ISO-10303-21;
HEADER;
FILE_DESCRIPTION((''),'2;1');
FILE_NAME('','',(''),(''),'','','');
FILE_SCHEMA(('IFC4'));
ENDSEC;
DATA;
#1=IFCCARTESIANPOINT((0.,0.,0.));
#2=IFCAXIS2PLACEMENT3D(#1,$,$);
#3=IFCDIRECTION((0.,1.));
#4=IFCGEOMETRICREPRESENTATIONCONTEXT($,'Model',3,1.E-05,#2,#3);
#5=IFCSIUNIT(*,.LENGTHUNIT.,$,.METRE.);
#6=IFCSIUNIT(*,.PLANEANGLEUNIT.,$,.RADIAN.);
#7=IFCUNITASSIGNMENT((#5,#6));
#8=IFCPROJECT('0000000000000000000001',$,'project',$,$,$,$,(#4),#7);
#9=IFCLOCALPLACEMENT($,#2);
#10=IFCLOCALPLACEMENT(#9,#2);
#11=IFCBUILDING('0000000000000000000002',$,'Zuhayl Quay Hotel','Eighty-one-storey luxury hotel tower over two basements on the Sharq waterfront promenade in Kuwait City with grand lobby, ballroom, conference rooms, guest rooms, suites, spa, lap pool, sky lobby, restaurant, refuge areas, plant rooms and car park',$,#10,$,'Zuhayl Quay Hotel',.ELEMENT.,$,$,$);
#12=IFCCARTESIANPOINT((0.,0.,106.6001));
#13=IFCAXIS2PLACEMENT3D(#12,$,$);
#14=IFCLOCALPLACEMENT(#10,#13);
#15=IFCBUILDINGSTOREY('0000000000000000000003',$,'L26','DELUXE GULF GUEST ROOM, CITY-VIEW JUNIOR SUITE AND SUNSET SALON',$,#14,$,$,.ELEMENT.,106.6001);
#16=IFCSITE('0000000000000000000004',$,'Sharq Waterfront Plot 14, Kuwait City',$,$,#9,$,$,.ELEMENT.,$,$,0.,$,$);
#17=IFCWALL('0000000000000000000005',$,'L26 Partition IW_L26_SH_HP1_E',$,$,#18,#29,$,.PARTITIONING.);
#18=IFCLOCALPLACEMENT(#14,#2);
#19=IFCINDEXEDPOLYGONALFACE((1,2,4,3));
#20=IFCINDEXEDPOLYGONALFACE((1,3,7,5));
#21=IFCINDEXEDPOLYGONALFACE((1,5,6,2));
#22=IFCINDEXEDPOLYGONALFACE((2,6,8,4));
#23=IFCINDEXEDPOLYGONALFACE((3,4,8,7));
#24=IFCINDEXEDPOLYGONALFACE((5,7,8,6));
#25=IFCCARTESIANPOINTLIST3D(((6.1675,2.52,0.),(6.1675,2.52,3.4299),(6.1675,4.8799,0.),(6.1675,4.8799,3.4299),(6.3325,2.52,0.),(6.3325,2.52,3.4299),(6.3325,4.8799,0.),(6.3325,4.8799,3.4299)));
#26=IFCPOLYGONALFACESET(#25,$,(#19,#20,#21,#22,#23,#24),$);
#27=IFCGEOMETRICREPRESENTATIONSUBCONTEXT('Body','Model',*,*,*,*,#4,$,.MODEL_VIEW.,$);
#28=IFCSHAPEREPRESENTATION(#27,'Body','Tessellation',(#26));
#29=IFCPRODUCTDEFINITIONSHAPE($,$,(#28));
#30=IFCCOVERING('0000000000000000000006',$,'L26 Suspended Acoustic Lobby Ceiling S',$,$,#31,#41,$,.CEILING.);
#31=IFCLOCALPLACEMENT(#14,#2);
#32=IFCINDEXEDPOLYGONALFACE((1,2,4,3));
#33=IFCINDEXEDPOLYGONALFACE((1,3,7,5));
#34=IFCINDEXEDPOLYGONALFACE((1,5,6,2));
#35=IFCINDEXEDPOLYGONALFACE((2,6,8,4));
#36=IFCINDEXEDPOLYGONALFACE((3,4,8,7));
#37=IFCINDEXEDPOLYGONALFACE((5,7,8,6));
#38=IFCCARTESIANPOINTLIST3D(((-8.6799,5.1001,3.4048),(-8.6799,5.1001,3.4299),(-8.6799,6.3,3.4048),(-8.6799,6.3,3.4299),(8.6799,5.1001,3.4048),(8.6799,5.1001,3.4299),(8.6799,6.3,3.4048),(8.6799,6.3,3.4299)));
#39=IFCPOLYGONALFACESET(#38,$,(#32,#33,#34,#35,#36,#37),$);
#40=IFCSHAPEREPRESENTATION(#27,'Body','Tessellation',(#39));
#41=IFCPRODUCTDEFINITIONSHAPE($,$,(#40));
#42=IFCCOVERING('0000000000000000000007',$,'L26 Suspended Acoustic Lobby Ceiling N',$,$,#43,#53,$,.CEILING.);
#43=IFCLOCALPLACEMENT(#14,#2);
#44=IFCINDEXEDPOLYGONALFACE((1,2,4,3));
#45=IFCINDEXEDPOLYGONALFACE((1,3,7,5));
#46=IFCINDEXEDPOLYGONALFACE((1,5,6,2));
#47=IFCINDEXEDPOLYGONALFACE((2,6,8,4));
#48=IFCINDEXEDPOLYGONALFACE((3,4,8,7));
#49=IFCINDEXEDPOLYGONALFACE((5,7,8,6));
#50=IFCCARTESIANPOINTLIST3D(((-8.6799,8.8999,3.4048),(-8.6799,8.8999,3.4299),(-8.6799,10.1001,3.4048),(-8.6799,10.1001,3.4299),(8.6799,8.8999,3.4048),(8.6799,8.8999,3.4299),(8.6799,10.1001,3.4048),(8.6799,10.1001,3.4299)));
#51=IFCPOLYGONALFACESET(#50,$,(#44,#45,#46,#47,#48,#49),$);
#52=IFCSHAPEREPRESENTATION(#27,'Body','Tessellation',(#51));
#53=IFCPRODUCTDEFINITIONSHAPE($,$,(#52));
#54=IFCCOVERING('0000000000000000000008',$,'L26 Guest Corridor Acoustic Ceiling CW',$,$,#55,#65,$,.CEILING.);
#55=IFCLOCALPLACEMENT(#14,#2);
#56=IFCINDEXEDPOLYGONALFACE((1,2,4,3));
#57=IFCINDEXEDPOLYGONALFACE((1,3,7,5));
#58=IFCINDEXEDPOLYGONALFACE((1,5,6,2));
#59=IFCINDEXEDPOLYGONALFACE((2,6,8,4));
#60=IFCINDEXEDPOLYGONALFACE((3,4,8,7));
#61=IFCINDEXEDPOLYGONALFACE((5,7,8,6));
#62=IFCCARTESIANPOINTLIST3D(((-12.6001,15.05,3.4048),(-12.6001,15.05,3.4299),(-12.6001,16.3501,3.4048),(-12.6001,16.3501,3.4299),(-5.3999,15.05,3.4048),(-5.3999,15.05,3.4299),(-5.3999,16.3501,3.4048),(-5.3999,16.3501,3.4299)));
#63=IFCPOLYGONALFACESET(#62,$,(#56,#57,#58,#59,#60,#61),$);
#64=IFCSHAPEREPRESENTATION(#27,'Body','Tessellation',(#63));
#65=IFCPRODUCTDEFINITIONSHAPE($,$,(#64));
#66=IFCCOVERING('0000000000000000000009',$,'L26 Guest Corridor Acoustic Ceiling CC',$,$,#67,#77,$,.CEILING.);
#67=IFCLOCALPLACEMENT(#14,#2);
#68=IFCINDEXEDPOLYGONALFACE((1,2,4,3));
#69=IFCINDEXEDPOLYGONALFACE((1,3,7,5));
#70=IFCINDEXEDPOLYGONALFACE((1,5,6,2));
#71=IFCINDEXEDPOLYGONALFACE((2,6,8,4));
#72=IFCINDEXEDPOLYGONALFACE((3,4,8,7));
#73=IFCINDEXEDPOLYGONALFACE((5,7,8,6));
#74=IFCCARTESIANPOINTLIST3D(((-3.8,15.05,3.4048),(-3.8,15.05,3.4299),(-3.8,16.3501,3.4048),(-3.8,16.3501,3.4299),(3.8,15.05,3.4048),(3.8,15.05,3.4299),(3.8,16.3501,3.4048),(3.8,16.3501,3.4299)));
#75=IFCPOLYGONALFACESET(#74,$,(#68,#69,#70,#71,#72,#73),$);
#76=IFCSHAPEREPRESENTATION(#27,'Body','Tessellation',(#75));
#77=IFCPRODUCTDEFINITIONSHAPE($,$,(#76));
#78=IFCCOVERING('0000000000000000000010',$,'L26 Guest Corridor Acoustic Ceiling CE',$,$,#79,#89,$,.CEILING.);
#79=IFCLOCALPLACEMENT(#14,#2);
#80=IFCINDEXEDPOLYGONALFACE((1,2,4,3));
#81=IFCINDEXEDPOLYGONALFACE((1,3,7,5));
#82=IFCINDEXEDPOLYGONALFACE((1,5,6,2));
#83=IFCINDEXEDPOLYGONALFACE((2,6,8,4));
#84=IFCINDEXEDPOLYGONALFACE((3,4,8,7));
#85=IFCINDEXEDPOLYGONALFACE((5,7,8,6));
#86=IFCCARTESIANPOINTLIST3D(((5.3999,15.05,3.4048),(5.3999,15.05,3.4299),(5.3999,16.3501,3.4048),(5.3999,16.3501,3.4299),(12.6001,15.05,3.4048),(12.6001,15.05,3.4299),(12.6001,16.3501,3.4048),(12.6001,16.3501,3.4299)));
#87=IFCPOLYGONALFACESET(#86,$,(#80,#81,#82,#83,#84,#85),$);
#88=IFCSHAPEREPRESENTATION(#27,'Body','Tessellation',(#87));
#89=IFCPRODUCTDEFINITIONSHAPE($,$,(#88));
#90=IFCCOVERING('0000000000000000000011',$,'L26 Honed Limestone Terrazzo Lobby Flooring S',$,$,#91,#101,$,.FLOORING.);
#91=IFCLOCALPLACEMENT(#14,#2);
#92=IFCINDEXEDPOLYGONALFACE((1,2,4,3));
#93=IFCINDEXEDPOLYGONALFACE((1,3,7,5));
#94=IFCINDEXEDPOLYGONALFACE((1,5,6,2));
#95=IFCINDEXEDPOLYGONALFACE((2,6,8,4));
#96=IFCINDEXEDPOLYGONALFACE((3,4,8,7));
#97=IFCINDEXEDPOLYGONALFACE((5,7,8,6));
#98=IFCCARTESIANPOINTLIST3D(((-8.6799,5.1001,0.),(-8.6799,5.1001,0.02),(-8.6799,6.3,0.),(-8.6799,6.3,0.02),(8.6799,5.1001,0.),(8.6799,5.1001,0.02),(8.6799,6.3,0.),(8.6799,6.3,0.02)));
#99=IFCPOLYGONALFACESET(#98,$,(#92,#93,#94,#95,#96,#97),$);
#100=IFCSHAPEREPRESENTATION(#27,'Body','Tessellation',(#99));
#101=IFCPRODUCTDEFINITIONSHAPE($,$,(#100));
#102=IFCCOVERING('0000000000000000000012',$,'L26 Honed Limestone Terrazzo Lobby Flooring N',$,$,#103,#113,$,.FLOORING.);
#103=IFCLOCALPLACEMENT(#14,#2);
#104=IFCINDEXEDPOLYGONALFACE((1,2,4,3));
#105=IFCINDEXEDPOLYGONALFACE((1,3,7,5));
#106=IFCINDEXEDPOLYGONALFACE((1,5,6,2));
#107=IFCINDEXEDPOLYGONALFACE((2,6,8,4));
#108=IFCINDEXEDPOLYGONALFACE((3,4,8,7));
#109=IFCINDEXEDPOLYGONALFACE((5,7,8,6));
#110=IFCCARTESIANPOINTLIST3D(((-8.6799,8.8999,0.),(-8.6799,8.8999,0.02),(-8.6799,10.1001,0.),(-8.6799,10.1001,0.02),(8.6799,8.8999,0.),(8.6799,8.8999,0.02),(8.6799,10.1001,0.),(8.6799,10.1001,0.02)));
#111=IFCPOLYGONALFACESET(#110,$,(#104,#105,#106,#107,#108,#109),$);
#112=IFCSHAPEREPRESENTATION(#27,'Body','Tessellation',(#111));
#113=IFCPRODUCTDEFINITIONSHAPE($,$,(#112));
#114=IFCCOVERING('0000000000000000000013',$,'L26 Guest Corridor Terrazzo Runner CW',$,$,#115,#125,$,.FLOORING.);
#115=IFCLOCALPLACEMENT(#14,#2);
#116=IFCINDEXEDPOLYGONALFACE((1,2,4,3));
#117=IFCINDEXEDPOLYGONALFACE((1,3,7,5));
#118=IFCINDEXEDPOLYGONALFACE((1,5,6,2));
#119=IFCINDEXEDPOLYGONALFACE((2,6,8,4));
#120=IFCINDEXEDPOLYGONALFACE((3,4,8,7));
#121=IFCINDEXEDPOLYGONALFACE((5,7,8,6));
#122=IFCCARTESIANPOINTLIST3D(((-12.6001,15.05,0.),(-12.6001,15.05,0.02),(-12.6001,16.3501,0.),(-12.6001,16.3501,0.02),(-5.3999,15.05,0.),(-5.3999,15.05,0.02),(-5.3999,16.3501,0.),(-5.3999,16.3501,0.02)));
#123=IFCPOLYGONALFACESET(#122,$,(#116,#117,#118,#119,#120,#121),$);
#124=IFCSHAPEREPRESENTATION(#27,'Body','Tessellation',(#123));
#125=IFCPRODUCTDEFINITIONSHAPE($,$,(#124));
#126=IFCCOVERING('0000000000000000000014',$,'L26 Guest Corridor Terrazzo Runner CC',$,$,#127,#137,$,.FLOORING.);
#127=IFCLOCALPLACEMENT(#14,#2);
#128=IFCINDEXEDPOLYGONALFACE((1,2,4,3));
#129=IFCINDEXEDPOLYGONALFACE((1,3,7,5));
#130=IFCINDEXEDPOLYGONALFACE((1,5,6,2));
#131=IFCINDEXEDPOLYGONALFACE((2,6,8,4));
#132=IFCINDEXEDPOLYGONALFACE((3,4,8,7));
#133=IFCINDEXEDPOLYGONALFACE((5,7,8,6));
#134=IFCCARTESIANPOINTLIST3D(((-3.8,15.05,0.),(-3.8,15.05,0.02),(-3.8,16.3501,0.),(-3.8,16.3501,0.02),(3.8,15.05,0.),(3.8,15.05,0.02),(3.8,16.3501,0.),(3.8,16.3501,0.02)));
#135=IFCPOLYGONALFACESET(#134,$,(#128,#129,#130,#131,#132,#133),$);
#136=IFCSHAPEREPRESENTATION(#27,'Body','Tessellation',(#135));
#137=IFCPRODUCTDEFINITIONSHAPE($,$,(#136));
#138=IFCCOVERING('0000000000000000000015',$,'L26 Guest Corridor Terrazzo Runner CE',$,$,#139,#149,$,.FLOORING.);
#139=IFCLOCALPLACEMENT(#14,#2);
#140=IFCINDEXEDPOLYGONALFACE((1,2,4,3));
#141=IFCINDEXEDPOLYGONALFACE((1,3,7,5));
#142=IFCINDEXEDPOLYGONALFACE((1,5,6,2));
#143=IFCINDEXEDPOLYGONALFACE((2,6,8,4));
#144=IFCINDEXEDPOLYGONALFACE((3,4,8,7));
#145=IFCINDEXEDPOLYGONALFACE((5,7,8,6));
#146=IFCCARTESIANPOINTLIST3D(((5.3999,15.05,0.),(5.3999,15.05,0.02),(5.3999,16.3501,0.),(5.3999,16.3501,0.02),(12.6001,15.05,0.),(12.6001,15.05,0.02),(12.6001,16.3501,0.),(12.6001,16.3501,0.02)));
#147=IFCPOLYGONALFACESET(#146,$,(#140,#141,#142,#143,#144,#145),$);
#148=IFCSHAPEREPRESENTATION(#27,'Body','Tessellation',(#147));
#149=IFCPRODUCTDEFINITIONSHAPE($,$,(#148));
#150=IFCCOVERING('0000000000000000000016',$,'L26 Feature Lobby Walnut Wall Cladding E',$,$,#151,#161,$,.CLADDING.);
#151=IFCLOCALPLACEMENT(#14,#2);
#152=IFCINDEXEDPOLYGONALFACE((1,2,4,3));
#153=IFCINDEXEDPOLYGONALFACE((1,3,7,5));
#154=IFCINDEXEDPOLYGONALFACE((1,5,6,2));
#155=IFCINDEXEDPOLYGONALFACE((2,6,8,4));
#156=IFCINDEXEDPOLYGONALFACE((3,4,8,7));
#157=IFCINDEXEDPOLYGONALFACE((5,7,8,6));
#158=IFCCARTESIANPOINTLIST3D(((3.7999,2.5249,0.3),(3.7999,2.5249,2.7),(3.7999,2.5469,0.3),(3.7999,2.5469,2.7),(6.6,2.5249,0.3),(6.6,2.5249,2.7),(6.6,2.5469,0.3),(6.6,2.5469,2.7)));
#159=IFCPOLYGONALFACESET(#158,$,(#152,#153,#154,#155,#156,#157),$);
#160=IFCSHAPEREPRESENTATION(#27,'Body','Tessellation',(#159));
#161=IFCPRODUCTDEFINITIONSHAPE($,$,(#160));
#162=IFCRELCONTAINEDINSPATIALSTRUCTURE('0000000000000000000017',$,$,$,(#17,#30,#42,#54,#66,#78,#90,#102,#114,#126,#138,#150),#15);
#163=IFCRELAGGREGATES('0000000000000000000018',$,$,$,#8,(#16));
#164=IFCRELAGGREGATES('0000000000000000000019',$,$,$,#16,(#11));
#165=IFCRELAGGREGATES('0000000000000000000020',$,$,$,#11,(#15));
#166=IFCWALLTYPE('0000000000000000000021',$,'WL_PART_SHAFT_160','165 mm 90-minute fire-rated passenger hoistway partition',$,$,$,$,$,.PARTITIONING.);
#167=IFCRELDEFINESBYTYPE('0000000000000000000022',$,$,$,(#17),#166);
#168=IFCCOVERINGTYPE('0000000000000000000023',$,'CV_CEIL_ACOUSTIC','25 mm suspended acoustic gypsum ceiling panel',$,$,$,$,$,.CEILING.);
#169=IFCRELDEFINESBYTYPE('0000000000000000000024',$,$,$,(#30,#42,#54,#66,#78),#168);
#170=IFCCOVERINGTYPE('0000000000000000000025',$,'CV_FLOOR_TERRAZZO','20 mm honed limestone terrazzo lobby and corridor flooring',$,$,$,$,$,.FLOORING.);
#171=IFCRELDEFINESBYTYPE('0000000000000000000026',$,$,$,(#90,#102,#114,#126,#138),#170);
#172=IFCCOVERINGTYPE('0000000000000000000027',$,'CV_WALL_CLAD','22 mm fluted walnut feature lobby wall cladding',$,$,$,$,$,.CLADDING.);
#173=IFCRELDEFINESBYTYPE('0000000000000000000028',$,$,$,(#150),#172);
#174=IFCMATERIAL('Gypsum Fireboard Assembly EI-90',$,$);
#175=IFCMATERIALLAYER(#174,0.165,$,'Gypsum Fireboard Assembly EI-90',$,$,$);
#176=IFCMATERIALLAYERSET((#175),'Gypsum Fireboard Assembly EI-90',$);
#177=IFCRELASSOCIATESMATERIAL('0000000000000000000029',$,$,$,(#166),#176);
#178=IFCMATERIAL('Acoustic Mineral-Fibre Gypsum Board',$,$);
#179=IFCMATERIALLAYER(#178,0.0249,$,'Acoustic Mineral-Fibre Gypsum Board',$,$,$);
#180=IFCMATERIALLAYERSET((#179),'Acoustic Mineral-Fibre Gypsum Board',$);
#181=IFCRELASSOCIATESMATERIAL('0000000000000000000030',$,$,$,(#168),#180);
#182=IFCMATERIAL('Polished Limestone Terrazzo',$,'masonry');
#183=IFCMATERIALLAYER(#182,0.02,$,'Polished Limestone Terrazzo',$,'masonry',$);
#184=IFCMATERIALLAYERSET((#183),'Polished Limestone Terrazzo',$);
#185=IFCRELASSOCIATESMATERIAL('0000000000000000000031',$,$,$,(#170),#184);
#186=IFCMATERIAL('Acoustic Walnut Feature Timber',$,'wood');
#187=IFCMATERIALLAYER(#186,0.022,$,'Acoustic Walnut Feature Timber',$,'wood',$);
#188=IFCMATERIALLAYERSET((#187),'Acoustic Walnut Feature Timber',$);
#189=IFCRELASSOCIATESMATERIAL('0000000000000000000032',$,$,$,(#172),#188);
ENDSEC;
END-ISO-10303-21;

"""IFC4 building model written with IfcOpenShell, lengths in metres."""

from ifc_helpers import new_model, si_unit, direction, frame, frame_2d, origin, origin_2d, place, context, subcontext, project, spatial, polyline, rectangle, outline, extrude, material, layer, layer_set, type_object, element, save


model = new_model("IFC4")

# Units and contexts
model_context = context("Model", 3, precision=1e-05, world=origin(), true_north=direction((0.0, 1.0)))
body_context = subcontext(model_context, "Body", "Model", "MODEL_VIEW")
ifc_project = project(units=[si_unit("LENGTHUNIT", "METRE"), si_unit("PLANEANGLEUNIT", "RADIAN")], contexts=[model_context])

# Site, building, storey
site_placement = place(None, origin())
site = spatial("IfcSite", under=ifc_project, at=site_placement, Name="Sharq Waterfront Plot 14, Kuwait City", CompositionType="ELEMENT", RefElevation=0.0)
building_placement = place(site_placement, origin())
building = spatial("IfcBuilding", under=site, at=building_placement, Name="Zuhayl Quay Hotel", Description="Eighty-one-storey luxury hotel tower over two basements on the Sharq waterfront promenade in Kuwait City with grand lobby, ballroom, conference rooms, guest rooms, suites, spa, lap pool, sky lobby, restaurant, refuge areas, plant rooms and car park", LongName="Zuhayl Quay Hotel", CompositionType="ELEMENT")
storey_placement = place(building_placement, frame((0.0, 0.0, 106.6001)))
storey = spatial("IfcBuildingStorey", under=building, at=storey_placement, Name="L26", Description="DELUXE GULF GUEST ROOM, CITY-VIEW JUNIOR SUITE AND SUNSET SALON", CompositionType="ELEMENT", Elevation=106.6001)

# Wall
ifc_material_1 = material(Name="Gypsum Fireboard Assembly EI-90")
ifc_layer_1 = layer(ifc_material_1, 0.165, Name="Gypsum Fireboard Assembly EI-90")
ifc_layer_set_1 = layer_set([ifc_layer_1], Name="Gypsum Fireboard Assembly EI-90")
wall_type_1 = type_object("IfcWallType", Name="WL_PART_SHAFT_160", Description="165 mm 90-minute fire-rated passenger hoistway partition", PredefinedType="PARTITIONING", material=ifc_layer_set_1)
wall_1_placement = place(storey_placement, frame((6.25, 2.52, 0.0), z_axis=(0.0, 0.0, 1.0), x_axis=(0.0, 1.0, 0.0)))
element("IfcWall", 1, at=wall_1_placement, inside=storey, type_object=wall_type_1, Name="L26 Partition IW_L26_SH_HP1_E", PredefinedType="PARTITIONING", context=body_context, shape_type="SweptSolid", body=[
    extrude(rectangle(XDim=2.3599, YDim=0.165, at=frame_2d((1.1799, 0.0))), origin(), (0.0, 0.0, 1.0), 3.4299),
])

# Coverings
ifc_material_2 = material(Name="Acoustic Mineral-Fibre Gypsum Board")
ifc_layer_2 = layer(ifc_material_2, 0.0249, Name="Acoustic Mineral-Fibre Gypsum Board")
ifc_layer_set_2 = layer_set([ifc_layer_2], Name="Acoustic Mineral-Fibre Gypsum Board")
covering_type_1 = type_object("IfcCoveringType", Name="CV_CEIL_ACOUSTIC", Description="25 mm suspended acoustic gypsum ceiling panel", PredefinedType="CEILING", material=ifc_layer_set_2)
covering_1_placement = place(storey_placement, frame((0.0, 0.0, 3.4048)))
element("IfcCovering", 2, at=covering_1_placement, inside=storey, type_object=covering_type_1, Name="L26 Suspended Acoustic Lobby Ceiling S", PredefinedType="CEILING", context=body_context, shape_type="SweptSolid", body=[
    extrude(outline(polyline([(-8.6799, 5.1001), (8.6799, 5.1001), (8.6799, 6.3), (-8.6799, 6.3), (-8.6799, 5.1001)])), origin(), (0.0, 0.0, 1.0), 0.0251),
])
covering_2_placement = place(storey_placement, frame((0.0, 0.0, 3.4048)))
element("IfcCovering", 3, at=covering_2_placement, inside=storey, type_object=covering_type_1, Name="L26 Suspended Acoustic Lobby Ceiling N", PredefinedType="CEILING", context=body_context, shape_type="SweptSolid", body=[
    extrude(outline(polyline([(-8.6799, 8.8999), (8.6799, 8.8999), (8.6799, 10.1001), (-8.6799, 10.1001), (-8.6799, 8.8999)])), origin(), (0.0, 0.0, 1.0), 0.0251),
])
covering_3_placement = place(storey_placement, frame((0.0, 0.0, 3.4048)))
element("IfcCovering", 4, at=covering_3_placement, inside=storey, type_object=covering_type_1, Name="L26 Guest Corridor Acoustic Ceiling CW", PredefinedType="CEILING", context=body_context, shape_type="SweptSolid", body=[
    extrude(outline(polyline([(-12.6001, 15.05), (-5.3999, 15.05), (-5.3999, 16.3501), (-12.6001, 16.3501), (-12.6001, 15.05)])), origin(), (0.0, 0.0, 1.0), 0.0251),
])
covering_4_placement = place(storey_placement, frame((0.0, 0.0, 3.4048)))
element("IfcCovering", 5, at=covering_4_placement, inside=storey, type_object=covering_type_1, Name="L26 Guest Corridor Acoustic Ceiling CC", PredefinedType="CEILING", context=body_context, shape_type="SweptSolid", body=[
    extrude(outline(polyline([(-3.8, 15.05), (3.8, 15.05), (3.8, 16.3501), (-3.8, 16.3501), (-3.8, 15.05)])), origin(), (0.0, 0.0, 1.0), 0.0251),
])
covering_5_placement = place(storey_placement, frame((0.0, 0.0, 3.4048)))
element("IfcCovering", 6, at=covering_5_placement, inside=storey, type_object=covering_type_1, Name="L26 Guest Corridor Acoustic Ceiling CE", PredefinedType="CEILING", context=body_context, shape_type="SweptSolid", body=[
    extrude(outline(polyline([(5.3999, 15.05), (12.6001, 15.05), (12.6001, 16.3501), (5.3999, 16.3501), (5.3999, 15.05)])), origin(), (0.0, 0.0, 1.0), 0.0251),
])
ifc_material_3 = material(Name="Polished Limestone Terrazzo", Category="masonry")
ifc_layer_3 = layer(ifc_material_3, 0.02, Name="Polished Limestone Terrazzo", Category="masonry")
ifc_layer_set_3 = layer_set([ifc_layer_3], Name="Polished Limestone Terrazzo")
covering_type_2 = type_object("IfcCoveringType", Name="CV_FLOOR_TERRAZZO", Description="20 mm honed limestone terrazzo lobby and corridor flooring", PredefinedType="FLOORING", material=ifc_layer_set_3)
covering_6_placement = place(storey_placement, origin())
element("IfcCovering", 7, at=covering_6_placement, inside=storey, type_object=covering_type_2, Name="L26 Honed Limestone Terrazzo Lobby Flooring S", PredefinedType="FLOORING", context=body_context, shape_type="SweptSolid", body=[
    extrude(outline(polyline([(-8.6799, 5.1001), (8.6799, 5.1001), (8.6799, 6.3), (-8.6799, 6.3), (-8.6799, 5.1001)])), origin(), (0.0, 0.0, 1.0), 0.02),
])
covering_7_placement = place(storey_placement, origin())
element("IfcCovering", 8, at=covering_7_placement, inside=storey, type_object=covering_type_2, Name="L26 Honed Limestone Terrazzo Lobby Flooring N", PredefinedType="FLOORING", context=body_context, shape_type="SweptSolid", body=[
    extrude(outline(polyline([(-8.6799, 8.8999), (8.6799, 8.8999), (8.6799, 10.1001), (-8.6799, 10.1001), (-8.6799, 8.8999)])), origin(), (0.0, 0.0, 1.0), 0.02),
])
covering_8_placement = place(storey_placement, origin())
element("IfcCovering", 9, at=covering_8_placement, inside=storey, type_object=covering_type_2, Name="L26 Guest Corridor Terrazzo Runner CW", PredefinedType="FLOORING", context=body_context, shape_type="SweptSolid", body=[
    extrude(outline(polyline([(-12.6001, 15.05), (-5.3999, 15.05), (-5.3999, 16.3501), (-12.6001, 16.3501), (-12.6001, 15.05)])), origin(), (0.0, 0.0, 1.0), 0.02),
])
covering_9_placement = place(storey_placement, origin())
element("IfcCovering", 10, at=covering_9_placement, inside=storey, type_object=covering_type_2, Name="L26 Guest Corridor Terrazzo Runner CC", PredefinedType="FLOORING", context=body_context, shape_type="SweptSolid", body=[
    extrude(outline(polyline([(-3.8, 15.05), (3.8, 15.05), (3.8, 16.3501), (-3.8, 16.3501), (-3.8, 15.05)])), origin(), (0.0, 0.0, 1.0), 0.02),
])
covering_10_placement = place(storey_placement, origin())
element("IfcCovering", 11, at=covering_10_placement, inside=storey, type_object=covering_type_2, Name="L26 Guest Corridor Terrazzo Runner CE", PredefinedType="FLOORING", context=body_context, shape_type="SweptSolid", body=[
    extrude(outline(polyline([(5.3999, 15.05), (12.6001, 15.05), (12.6001, 16.3501), (5.3999, 16.3501), (5.3999, 15.05)])), origin(), (0.0, 0.0, 1.0), 0.02),
])
ifc_material_4 = material(Name="Acoustic Walnut Feature Timber", Category="wood")
ifc_layer_4 = layer(ifc_material_4, 0.022, Name="Acoustic Walnut Feature Timber", Category="wood")
ifc_layer_set_4 = layer_set([ifc_layer_4], Name="Acoustic Walnut Feature Timber")
covering_type_3 = type_object("IfcCoveringType", Name="CV_WALL_CLAD", Description="22 mm fluted walnut feature lobby wall cladding", PredefinedType="CLADDING", material=ifc_layer_set_4)
covering_11_placement = place(storey_placement, frame((5.2, 2.5359, 0.3), z_axis=(0.0, 0.0, 1.0), x_axis=(1.0, 0.0, 0.0)))
element("IfcCovering", 12, at=covering_11_placement, inside=storey, type_object=covering_type_3, Name="L26 Feature Lobby Walnut Wall Cladding E", PredefinedType="CLADDING", context=body_context, shape_type="SweptSolid", body=[
    extrude(rectangle(XDim=2.8, YDim=0.022, at=origin_2d()), origin(), (0.0, 0.0, 1.0), 2.3999),
])

save(model, "model.ifc")
